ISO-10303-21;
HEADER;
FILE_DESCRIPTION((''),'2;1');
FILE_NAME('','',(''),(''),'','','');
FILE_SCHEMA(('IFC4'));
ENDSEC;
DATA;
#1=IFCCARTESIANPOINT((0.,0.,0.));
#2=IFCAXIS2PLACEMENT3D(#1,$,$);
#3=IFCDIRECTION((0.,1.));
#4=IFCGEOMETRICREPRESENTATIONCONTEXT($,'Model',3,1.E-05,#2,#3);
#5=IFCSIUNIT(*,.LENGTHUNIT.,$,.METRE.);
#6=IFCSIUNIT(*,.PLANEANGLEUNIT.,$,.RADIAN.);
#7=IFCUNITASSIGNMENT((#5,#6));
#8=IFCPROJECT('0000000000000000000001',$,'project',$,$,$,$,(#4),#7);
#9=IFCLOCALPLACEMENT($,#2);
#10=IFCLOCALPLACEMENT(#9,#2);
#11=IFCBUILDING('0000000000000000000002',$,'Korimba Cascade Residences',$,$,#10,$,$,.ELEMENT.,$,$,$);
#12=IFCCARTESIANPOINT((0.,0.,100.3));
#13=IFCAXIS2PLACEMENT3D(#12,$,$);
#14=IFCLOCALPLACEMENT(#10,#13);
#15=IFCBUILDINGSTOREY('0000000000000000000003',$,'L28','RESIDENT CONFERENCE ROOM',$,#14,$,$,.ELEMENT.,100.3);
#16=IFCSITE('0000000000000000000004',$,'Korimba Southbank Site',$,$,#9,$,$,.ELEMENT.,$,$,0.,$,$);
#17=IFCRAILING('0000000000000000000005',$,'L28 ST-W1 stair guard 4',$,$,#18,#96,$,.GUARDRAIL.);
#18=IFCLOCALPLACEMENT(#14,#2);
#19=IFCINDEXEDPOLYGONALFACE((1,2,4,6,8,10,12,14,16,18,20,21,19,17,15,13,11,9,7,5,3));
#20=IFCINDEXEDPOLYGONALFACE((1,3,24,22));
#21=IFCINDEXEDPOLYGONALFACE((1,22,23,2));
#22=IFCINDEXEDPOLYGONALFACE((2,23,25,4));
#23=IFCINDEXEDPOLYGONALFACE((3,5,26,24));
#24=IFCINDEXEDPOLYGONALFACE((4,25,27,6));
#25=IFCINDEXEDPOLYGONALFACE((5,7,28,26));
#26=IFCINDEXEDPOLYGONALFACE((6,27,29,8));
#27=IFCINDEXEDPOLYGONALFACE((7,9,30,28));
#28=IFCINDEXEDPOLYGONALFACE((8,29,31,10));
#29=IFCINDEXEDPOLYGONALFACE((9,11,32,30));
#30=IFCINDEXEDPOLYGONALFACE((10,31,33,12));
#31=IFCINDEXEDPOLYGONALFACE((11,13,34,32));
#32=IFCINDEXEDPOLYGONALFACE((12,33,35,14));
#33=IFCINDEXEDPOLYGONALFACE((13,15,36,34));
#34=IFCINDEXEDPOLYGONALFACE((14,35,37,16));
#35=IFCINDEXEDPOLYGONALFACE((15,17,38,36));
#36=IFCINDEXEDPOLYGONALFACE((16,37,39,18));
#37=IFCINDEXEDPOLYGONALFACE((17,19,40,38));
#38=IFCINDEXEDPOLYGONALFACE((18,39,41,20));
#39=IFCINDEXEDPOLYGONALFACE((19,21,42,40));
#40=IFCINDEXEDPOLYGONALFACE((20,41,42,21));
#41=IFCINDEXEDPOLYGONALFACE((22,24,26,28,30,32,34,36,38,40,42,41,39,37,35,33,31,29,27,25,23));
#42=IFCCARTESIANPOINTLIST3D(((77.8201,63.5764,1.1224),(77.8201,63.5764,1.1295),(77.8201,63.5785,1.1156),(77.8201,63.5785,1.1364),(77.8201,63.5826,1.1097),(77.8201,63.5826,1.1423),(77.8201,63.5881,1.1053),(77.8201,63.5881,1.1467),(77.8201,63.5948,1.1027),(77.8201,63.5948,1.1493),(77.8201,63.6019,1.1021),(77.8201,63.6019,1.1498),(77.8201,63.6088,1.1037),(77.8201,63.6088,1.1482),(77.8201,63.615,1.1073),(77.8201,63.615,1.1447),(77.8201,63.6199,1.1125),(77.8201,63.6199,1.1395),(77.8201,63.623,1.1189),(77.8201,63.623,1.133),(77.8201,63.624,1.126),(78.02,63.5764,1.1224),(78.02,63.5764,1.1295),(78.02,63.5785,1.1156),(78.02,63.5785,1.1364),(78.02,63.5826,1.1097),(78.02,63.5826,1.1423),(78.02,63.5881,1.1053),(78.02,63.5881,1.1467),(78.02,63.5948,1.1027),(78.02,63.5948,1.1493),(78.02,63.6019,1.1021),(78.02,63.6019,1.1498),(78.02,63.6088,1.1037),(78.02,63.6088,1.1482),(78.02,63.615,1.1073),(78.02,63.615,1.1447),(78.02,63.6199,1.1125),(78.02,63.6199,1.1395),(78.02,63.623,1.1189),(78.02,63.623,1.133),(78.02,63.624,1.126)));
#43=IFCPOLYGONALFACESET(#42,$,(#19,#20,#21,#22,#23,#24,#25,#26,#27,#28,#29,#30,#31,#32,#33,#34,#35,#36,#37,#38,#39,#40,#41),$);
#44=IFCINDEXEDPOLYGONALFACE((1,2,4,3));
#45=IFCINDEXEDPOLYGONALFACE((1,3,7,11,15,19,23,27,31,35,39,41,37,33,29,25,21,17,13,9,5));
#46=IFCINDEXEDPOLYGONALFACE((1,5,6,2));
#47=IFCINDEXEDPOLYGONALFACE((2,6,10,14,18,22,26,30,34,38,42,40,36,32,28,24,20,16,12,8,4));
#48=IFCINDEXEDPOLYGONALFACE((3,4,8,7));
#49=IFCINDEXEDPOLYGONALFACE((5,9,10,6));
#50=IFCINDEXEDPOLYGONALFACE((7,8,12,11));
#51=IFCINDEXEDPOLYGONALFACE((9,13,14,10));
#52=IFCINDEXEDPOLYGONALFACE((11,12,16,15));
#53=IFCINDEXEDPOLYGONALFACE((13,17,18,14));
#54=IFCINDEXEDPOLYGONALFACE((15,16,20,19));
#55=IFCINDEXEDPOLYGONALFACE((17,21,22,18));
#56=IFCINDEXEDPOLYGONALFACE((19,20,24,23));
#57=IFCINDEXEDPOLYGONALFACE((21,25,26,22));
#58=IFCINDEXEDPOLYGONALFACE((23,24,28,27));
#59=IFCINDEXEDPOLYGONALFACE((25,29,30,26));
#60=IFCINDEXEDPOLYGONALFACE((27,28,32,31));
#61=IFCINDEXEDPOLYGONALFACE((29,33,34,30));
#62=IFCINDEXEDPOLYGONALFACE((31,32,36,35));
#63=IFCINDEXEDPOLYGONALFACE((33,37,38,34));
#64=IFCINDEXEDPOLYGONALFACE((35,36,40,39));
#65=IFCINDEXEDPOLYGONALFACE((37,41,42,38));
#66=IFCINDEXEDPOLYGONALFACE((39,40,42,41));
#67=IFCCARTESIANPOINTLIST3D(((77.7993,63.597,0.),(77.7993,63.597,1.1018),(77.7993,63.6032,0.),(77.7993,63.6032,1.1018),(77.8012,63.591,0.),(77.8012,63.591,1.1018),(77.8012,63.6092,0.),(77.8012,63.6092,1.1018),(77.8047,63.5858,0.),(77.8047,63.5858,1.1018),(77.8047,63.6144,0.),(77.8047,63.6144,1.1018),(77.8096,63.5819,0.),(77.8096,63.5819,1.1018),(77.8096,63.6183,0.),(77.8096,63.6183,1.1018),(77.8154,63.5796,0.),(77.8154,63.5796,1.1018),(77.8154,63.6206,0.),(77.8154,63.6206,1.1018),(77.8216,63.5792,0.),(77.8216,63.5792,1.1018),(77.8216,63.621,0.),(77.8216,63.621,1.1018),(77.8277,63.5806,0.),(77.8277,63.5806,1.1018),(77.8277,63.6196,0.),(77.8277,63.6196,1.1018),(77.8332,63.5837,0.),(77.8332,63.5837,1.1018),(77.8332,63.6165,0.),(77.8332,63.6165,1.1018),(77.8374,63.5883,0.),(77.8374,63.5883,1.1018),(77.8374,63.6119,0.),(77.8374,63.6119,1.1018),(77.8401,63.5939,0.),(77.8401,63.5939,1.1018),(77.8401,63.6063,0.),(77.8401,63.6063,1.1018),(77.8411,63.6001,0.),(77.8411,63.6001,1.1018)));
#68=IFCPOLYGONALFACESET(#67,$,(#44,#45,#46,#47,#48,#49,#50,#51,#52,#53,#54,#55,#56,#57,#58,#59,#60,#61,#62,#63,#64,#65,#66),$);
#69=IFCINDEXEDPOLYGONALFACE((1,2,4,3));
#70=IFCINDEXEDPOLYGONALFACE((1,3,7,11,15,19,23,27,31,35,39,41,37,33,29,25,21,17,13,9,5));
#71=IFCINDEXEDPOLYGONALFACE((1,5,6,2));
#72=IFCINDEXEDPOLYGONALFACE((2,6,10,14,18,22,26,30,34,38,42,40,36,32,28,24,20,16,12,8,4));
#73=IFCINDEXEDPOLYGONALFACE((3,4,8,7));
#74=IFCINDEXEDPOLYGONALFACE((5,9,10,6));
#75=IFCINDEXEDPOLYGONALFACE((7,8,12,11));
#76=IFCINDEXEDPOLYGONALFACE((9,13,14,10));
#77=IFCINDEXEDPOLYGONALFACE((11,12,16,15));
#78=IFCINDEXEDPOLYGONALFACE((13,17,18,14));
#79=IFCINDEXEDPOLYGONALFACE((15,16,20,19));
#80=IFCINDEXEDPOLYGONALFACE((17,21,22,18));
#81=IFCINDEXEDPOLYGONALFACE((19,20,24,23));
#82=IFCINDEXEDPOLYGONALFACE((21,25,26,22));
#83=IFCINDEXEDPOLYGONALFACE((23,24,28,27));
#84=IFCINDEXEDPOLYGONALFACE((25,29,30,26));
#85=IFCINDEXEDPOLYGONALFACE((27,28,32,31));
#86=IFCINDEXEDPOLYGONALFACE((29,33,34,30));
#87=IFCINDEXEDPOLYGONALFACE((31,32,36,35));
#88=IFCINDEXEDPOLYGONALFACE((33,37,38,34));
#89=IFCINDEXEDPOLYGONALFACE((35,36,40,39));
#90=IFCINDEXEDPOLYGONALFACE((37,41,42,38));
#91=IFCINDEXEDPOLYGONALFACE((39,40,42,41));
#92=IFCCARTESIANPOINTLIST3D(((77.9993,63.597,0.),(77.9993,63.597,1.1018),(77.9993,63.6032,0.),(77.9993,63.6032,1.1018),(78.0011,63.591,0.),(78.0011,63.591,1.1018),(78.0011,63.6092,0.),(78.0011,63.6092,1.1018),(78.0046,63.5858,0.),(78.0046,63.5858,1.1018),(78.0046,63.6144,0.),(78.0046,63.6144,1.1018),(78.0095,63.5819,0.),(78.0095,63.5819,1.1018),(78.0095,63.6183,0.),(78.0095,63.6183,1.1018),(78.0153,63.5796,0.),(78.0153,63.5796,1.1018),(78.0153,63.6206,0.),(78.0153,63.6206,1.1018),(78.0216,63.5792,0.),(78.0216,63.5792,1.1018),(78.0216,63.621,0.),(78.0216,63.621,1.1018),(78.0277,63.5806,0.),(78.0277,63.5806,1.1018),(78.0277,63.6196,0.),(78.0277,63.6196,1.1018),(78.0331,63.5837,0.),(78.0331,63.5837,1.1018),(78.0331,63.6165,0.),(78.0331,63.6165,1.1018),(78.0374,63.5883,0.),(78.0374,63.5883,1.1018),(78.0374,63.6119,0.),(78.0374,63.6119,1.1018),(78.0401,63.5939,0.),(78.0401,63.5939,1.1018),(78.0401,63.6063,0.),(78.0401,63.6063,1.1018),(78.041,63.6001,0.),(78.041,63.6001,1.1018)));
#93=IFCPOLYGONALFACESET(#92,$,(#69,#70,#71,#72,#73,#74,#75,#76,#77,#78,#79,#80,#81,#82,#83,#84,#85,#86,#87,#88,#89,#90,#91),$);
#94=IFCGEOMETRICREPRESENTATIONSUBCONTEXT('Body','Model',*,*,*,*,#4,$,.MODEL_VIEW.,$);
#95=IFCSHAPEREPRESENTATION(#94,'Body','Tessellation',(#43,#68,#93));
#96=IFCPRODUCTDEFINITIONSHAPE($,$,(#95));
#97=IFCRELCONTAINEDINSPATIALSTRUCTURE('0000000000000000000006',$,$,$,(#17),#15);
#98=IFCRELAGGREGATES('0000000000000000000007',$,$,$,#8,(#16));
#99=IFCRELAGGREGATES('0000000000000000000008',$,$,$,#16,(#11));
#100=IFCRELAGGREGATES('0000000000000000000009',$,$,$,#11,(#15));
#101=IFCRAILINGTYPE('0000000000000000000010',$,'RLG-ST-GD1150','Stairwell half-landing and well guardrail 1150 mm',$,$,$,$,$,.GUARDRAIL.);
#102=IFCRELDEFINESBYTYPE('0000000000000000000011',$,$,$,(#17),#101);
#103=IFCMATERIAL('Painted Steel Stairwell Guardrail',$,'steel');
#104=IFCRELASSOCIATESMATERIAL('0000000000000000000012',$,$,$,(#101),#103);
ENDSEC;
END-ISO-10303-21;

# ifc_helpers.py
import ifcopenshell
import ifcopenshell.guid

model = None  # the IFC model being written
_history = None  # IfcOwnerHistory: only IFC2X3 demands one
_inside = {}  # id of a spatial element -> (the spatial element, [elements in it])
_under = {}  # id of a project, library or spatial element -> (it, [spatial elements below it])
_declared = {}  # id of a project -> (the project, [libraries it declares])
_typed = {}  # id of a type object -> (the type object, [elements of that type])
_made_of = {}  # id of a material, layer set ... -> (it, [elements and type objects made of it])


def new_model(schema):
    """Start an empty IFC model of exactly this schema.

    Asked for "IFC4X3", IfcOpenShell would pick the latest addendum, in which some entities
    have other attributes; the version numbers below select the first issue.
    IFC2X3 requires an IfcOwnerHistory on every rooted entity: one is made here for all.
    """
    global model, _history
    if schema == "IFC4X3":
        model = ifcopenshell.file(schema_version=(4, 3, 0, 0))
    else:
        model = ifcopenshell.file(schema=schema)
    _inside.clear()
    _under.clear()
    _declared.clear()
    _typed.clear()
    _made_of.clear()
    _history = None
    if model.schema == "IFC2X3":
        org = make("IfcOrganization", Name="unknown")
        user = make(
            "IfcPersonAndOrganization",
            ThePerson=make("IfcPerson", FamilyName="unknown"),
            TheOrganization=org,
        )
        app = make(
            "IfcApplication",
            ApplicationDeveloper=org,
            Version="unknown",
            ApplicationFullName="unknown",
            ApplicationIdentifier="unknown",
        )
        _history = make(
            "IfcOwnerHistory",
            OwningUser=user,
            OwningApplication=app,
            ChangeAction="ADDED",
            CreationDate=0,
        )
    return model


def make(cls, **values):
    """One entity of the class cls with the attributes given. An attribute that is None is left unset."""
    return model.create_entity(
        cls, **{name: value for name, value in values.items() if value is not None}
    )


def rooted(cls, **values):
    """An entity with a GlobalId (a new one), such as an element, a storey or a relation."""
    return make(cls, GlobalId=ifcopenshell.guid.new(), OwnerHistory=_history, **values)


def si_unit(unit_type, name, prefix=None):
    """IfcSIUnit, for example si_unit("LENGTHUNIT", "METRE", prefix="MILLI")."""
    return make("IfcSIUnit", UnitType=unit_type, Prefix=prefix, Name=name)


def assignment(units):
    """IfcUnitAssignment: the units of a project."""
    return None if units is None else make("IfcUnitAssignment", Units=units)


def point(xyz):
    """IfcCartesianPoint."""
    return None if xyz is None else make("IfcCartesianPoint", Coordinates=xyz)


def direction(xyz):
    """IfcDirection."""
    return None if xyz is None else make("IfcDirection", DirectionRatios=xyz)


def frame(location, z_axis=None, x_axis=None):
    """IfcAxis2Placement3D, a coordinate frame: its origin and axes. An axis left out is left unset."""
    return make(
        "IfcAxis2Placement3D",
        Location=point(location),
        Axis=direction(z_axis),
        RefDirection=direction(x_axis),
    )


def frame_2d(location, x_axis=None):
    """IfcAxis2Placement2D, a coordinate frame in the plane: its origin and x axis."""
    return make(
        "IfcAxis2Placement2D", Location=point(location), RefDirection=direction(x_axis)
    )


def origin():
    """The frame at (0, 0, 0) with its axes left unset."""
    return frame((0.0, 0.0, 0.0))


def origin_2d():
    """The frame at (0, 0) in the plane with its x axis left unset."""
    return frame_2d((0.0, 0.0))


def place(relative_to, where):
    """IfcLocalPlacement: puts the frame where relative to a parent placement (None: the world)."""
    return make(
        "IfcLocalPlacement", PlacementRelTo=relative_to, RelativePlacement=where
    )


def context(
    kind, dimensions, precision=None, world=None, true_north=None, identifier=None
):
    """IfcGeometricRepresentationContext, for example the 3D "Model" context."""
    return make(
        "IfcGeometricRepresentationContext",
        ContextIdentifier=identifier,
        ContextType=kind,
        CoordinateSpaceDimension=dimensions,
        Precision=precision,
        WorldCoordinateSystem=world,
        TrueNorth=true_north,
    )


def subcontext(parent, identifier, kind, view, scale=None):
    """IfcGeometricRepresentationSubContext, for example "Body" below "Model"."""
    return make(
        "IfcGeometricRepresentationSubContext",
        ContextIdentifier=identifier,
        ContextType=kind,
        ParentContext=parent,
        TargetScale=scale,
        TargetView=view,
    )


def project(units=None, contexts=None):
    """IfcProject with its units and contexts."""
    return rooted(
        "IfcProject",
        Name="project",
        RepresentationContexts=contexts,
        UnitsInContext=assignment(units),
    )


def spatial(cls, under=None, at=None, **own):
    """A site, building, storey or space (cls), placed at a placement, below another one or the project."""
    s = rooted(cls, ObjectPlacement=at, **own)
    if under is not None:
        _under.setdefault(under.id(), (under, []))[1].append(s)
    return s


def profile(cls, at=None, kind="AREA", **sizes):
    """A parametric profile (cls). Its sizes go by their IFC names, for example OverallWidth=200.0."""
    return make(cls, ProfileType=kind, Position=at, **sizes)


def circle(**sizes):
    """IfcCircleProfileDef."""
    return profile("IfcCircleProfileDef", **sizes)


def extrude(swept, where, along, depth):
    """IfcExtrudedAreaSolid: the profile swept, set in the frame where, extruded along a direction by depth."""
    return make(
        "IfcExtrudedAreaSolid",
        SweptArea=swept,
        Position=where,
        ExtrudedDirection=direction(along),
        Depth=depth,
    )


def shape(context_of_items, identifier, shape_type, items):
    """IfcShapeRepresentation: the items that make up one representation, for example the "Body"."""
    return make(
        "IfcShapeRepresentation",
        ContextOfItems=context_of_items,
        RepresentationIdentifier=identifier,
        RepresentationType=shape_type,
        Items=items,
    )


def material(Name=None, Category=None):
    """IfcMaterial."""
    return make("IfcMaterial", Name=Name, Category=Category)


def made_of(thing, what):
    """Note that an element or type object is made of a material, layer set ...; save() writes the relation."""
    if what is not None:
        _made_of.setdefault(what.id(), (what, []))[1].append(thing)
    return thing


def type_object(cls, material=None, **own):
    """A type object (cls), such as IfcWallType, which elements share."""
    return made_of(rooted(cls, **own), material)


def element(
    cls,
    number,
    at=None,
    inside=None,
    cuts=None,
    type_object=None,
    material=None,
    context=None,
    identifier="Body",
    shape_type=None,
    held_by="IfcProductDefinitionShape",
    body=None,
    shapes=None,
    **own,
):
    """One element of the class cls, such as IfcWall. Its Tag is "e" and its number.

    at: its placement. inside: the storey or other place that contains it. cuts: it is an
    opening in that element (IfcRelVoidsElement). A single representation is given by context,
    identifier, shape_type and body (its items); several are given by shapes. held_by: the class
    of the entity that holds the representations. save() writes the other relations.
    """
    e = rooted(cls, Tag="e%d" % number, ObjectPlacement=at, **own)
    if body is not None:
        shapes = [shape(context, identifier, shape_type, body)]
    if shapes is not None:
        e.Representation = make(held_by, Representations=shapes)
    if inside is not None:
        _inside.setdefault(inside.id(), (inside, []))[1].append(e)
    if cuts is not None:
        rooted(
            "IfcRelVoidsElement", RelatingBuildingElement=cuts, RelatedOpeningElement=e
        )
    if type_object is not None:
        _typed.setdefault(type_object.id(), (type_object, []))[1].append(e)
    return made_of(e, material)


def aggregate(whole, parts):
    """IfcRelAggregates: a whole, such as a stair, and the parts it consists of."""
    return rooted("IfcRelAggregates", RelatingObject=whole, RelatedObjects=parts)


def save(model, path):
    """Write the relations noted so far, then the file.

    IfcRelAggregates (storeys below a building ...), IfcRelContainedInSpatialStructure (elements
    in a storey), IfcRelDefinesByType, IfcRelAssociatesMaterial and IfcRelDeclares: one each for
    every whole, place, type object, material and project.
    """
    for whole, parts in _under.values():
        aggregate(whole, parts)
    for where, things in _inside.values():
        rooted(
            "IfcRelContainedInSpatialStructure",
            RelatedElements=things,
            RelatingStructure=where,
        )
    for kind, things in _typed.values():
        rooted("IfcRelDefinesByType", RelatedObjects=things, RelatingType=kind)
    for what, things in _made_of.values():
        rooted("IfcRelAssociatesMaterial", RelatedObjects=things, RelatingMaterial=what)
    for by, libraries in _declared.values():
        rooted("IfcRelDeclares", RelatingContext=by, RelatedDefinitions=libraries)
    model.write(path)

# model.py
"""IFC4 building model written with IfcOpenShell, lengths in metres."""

from ifc_helpers import new_model, si_unit, direction, frame, origin, origin_2d, place, context, subcontext, project, spatial, circle, extrude, material, type_object, element, save


model = new_model("IFC4")

# Units and contexts
model_context = context("Model", 3, precision=1e-05, world=origin(), true_north=direction((0.0, 1.0)))
body_context = subcontext(model_context, "Body", "Model", "MODEL_VIEW")
ifc_project = project(units=[si_unit("LENGTHUNIT", "METRE"), si_unit("PLANEANGLEUNIT", "RADIAN")], contexts=[model_context])

# Site, building, storey
site_placement = place(None, origin())
site = spatial("IfcSite", under=ifc_project, at=site_placement, Name="Korimba Southbank Site", CompositionType="ELEMENT", RefElevation=0.0)
building_placement = place(site_placement, origin())
building = spatial("IfcBuilding", under=site, at=building_placement, Name="Korimba Cascade Residences", CompositionType="ELEMENT")
storey_placement = place(building_placement, frame((0.0, 0.0, 100.3)))
storey = spatial("IfcBuildingStorey", under=building, at=storey_placement, Name="L28", Description="RESIDENT CONFERENCE ROOM", CompositionType="ELEMENT", Elevation=100.3)

# Railing
ifc_material_1 = material(Name="Painted Steel Stairwell Guardrail", Category="steel")
railing_type_1 = type_object("IfcRailingType", Name="RLG-ST-GD1150", Description="Stairwell half-landing and well guardrail 1150 mm", PredefinedType="GUARDRAIL", material=ifc_material_1)
railing_1_placement = place(storey_placement, frame((77.8201, 63.6001, 0.0)))
element("IfcRailing", 1, at=railing_1_placement, inside=storey, type_object=railing_type_1, Name="L28 ST-W1 stair guard 4", PredefinedType="GUARDRAIL", context=body_context, shape_type="SweptSolid", body=[
    extrude(circle(Radius=0.0239, at=origin_2d()), frame((0.0, 0.0, 1.126), z_axis=(1.0, 0.0, 0.0), x_axis=(0.0, 1.0, 0.0)), (0.0, 0.0, 1.0), 0.2),
    extrude(circle(Radius=0.021, at=origin_2d()), origin(), (0.0, 0.0, 1.0), 1.1018),
    extrude(circle(Radius=0.021, at=origin_2d()), frame((0.2, 0.0, 0.0)), (0.0, 0.0, 1.0), 1.1018),
])

save(model, "model.ifc")
